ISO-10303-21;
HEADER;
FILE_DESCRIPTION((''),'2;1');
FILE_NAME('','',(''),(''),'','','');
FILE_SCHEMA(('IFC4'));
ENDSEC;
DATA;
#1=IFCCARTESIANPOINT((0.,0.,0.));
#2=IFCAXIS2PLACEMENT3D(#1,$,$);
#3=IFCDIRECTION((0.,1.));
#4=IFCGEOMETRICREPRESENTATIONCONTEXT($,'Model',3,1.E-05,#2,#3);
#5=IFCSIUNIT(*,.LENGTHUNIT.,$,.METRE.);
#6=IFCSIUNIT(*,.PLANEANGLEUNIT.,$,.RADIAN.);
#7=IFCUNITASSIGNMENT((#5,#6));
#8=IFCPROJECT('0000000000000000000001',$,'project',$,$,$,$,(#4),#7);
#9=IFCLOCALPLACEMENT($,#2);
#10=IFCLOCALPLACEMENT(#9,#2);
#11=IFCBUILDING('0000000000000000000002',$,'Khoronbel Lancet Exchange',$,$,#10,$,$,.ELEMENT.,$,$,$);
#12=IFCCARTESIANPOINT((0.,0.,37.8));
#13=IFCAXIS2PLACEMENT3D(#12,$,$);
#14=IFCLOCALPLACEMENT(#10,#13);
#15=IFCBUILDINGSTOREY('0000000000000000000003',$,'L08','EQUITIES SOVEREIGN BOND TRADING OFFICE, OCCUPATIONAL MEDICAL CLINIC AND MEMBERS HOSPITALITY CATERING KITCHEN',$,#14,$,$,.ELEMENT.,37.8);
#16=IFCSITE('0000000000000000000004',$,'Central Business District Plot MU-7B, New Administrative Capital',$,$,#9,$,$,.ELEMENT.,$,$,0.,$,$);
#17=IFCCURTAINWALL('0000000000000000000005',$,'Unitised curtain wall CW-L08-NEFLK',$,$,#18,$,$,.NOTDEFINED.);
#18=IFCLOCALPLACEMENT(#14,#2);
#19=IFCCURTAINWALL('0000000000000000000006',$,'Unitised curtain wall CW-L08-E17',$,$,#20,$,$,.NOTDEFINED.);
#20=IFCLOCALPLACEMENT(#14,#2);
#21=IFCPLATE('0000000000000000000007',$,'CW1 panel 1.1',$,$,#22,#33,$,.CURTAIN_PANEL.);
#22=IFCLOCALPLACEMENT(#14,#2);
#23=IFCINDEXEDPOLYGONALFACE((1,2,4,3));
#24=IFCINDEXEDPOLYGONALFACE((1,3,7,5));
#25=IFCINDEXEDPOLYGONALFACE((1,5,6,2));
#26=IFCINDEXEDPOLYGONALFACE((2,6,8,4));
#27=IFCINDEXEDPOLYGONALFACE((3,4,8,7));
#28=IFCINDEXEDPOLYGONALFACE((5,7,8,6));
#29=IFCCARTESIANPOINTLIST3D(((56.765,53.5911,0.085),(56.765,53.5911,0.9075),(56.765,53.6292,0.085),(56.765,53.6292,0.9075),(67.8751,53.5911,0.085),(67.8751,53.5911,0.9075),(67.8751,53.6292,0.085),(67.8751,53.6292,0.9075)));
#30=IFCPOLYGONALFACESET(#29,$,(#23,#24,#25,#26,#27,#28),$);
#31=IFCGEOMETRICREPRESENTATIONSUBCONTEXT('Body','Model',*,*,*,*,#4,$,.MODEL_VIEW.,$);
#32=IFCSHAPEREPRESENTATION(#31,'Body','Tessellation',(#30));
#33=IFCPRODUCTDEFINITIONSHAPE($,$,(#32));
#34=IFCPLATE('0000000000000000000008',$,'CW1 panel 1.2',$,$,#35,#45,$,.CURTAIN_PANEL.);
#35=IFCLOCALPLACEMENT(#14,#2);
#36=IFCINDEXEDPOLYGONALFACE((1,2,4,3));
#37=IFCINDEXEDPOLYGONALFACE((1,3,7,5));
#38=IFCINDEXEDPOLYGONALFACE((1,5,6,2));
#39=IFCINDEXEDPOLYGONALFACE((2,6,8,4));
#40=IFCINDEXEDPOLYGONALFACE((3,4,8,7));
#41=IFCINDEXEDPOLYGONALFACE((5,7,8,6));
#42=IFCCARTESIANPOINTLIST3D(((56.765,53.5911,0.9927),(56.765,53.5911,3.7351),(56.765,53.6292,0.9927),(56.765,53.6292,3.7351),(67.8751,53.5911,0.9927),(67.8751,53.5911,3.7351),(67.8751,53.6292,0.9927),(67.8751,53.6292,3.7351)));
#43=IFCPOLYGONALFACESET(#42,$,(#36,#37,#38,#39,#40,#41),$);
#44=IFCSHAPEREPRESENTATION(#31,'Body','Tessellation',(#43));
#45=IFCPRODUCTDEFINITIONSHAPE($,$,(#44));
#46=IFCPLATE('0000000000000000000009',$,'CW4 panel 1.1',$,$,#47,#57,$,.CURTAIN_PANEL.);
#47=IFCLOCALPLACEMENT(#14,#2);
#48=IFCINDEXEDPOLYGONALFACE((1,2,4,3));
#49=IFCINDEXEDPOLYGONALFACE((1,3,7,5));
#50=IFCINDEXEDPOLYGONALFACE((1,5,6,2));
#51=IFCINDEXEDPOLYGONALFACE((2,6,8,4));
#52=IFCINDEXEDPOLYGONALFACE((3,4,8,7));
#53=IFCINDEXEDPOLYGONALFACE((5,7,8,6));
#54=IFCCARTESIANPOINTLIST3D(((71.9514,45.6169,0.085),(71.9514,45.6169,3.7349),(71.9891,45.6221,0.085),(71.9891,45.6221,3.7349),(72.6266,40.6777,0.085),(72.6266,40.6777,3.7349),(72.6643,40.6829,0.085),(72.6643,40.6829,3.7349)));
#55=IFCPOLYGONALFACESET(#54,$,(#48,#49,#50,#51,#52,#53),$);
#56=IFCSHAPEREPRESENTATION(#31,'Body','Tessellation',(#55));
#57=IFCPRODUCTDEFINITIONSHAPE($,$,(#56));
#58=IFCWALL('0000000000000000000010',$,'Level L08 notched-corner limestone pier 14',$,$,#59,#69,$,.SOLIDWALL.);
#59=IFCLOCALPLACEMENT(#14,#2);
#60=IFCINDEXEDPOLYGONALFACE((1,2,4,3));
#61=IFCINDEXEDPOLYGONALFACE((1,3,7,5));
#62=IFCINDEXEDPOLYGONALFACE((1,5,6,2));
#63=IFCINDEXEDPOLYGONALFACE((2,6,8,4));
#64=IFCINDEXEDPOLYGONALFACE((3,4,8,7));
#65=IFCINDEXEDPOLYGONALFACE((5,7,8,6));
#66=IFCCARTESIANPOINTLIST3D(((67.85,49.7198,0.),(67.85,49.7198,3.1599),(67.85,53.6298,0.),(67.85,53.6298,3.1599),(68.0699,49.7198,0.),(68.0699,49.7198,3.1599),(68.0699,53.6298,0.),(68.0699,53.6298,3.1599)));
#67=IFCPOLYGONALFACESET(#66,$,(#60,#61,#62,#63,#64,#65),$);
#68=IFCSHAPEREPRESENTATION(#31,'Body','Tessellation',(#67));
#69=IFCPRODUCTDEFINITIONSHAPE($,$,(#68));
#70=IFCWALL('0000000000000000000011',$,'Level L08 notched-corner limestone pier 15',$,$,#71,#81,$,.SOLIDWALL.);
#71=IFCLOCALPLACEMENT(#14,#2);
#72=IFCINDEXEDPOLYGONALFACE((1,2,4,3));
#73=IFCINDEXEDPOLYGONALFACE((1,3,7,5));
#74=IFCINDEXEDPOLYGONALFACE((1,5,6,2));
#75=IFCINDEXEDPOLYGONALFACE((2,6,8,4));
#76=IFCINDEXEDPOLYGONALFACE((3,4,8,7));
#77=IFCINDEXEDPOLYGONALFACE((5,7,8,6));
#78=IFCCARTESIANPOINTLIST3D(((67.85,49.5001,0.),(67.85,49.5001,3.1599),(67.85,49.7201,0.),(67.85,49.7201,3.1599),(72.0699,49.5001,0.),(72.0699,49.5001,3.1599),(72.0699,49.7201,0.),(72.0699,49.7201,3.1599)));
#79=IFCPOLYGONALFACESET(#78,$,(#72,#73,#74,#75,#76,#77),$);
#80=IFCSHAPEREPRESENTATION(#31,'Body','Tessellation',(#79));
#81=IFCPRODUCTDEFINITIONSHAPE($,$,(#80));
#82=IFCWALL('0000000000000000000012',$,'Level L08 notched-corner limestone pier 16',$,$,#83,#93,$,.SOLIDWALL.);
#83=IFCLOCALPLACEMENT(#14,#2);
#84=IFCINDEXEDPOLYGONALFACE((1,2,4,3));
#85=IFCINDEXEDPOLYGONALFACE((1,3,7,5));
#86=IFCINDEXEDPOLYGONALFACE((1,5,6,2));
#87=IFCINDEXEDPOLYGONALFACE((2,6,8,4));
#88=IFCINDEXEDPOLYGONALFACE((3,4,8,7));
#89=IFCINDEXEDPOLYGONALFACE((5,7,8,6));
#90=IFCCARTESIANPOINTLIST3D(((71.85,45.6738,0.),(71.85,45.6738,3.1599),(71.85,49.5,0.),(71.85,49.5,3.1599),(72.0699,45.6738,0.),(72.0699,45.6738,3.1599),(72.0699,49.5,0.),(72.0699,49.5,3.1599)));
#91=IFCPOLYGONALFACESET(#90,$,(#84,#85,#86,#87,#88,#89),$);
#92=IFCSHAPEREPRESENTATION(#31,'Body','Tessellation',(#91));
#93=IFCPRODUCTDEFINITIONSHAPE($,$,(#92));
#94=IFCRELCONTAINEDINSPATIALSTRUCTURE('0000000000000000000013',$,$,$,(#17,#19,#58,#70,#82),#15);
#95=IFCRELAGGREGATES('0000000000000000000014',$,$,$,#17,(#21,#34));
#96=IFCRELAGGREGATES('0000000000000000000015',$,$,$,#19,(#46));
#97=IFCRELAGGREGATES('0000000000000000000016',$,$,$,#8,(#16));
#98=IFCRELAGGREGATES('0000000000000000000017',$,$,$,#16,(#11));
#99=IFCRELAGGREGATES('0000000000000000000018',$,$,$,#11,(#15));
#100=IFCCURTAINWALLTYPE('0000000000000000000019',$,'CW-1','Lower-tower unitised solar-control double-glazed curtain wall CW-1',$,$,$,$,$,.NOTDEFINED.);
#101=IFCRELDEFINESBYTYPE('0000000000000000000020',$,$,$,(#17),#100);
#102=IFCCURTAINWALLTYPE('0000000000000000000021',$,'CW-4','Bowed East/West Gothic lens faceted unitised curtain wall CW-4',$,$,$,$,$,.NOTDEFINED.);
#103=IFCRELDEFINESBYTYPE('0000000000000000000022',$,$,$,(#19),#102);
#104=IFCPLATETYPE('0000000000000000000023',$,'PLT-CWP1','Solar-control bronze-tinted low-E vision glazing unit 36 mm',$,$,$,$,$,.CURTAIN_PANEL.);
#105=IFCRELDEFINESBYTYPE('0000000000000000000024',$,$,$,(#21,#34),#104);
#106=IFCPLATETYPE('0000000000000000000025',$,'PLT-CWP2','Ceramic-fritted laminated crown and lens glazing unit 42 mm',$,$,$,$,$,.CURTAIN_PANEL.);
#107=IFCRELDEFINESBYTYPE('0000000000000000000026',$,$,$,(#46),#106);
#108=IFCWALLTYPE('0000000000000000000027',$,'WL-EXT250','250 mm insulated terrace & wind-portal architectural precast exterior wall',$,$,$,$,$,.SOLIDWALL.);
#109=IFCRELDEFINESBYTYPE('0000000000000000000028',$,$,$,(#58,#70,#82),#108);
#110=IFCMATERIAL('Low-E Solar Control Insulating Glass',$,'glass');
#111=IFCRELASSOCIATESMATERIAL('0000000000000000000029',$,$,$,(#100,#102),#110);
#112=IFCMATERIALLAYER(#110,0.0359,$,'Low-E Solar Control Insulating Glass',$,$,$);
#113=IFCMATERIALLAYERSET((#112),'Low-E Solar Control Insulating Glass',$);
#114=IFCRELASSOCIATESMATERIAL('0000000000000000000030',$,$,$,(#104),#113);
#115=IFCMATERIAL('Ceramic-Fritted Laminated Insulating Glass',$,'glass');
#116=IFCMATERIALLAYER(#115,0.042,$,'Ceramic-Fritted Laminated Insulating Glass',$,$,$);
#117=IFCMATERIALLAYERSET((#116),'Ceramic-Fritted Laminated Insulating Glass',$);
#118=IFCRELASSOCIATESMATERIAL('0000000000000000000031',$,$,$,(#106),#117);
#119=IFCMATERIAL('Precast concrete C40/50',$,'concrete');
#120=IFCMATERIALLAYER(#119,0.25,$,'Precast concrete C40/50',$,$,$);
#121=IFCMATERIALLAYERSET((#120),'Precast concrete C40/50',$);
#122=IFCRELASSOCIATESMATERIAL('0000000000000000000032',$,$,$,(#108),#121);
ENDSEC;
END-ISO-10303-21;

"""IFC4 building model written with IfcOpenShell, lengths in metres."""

from ifc_helpers import new_model, si_unit, direction, frame, frame_2d, origin, origin_2d, place, context, subcontext, project, spatial, rectangle, extrude, material, layer, layer_set, type_object, element, aggregate, save


model = new_model("IFC4")

# Units and contexts
model_context = context("Model", 3, precision=1e-05, world=origin(), true_north=direction((0.0, 1.0)))
body_context = subcontext(model_context, "Body", "Model", "MODEL_VIEW")
ifc_project = project(units=[si_unit("LENGTHUNIT", "METRE"), si_unit("PLANEANGLEUNIT", "RADIAN")], contexts=[model_context])

# Site, building, storey
site_placement = place(None, origin())
site = spatial("IfcSite", under=ifc_project, at=site_placement, Name="Central Business District Plot MU-7B, New Administrative Capital", CompositionType="ELEMENT", RefElevation=0.0)
building_placement = place(site_placement, origin())
building = spatial("IfcBuilding", under=site, at=building_placement, Name="Khoronbel Lancet Exchange", CompositionType="ELEMENT")
storey_placement = place(building_placement, frame((0.0, 0.0, 37.8)))
storey = spatial("IfcBuildingStorey", under=building, at=storey_placement, Name="L08", Description="EQUITIES SOVEREIGN BOND TRADING OFFICE, OCCUPATIONAL MEDICAL CLINIC AND MEMBERS HOSPITALITY CATERING KITCHEN", CompositionType="ELEMENT", Elevation=37.8)

# Curtain walls
ifc_material_1 = material(Name="Low-E Solar Control Insulating Glass", Category="glass")
curtain_wall_type_1 = type_object("IfcCurtainWallType", Name="CW-1", Description="Lower-tower unitised solar-control double-glazed curtain wall CW-1", PredefinedType="NOTDEFINED", material=ifc_material_1)
curtain_wall_1_placement = place(storey_placement, origin())
curtain_wall_1 = element("IfcCurtainWall", 1, at=curtain_wall_1_placement, inside=storey, type_object=curtain_wall_type_1, Name="Unitised curtain wall CW-L08-NEFLK", PredefinedType="NOTDEFINED")
curtain_wall_type_2 = type_object("IfcCurtainWallType", Name="CW-4", Description="Bowed East/West Gothic lens faceted unitised curtain wall CW-4", PredefinedType="NOTDEFINED", material=ifc_material_1)
curtain_wall_2_placement = place(storey_placement, origin())
curtain_wall_2 = element("IfcCurtainWall", 2, at=curtain_wall_2_placement, inside=storey, type_object=curtain_wall_type_2, Name="Unitised curtain wall CW-L08-E17", PredefinedType="NOTDEFINED")

# Plates
ifc_layer_1 = layer(ifc_material_1, 0.0359, Name="Low-E Solar Control Insulating Glass")
ifc_layer_set_1 = layer_set([ifc_layer_1], Name="Low-E Solar Control Insulating Glass")
plate_type_1 = type_object("IfcPlateType", Name="PLT-CWP1", Description="Solar-control bronze-tinted low-E vision glazing unit 36 mm", PredefinedType="CURTAIN_PANEL", material=ifc_layer_set_1)
plate_1_placement = place(storey_placement, frame((62.3201, 53.6101, 0.085), z_axis=(0.0, 0.0, 1.0), x_axis=(-1.0, 0.0, 0.0)))
plate_1 = element("IfcPlate", 3, at=plate_1_placement, type_object=plate_type_1, Name="CW1 panel 1.1", PredefinedType="CURTAIN_PANEL", context=body_context, shape_type="SweptSolid", body=[
    extrude(rectangle(XDim=11.1101, YDim=0.0381, at=origin_2d()), origin(), (0.0, 0.0, 1.0), 0.8225),
])
plate_2_placement = place(storey_placement, frame((62.3201, 53.6101, 0.9927), z_axis=(0.0, 0.0, 1.0), x_axis=(-1.0, 0.0, 0.0)))
plate_2 = element("IfcPlate", 4, at=plate_2_placement, type_object=plate_type_1, Name="CW1 panel 1.2", PredefinedType="CURTAIN_PANEL", context=body_context, shape_type="SweptSolid", body=[
    extrude(rectangle(XDim=11.1101, YDim=0.0381, at=origin_2d()), origin(), (0.0, 0.0, 1.0), 2.7424),
])
aggregate(curtain_wall_1, [plate_1, plate_2])
ifc_material_2 = material(Name="Ceramic-Fritted Laminated Insulating Glass", Category="glass")
ifc_layer_2 = layer(ifc_material_2, 0.042, Name="Ceramic-Fritted Laminated Insulating Glass")
ifc_layer_set_2 = layer_set([ifc_layer_2], Name="Ceramic-Fritted Laminated Insulating Glass")
plate_type_2 = type_object("IfcPlateType", Name="PLT-CWP2", Description="Ceramic-fritted laminated crown and lens glazing unit 42 mm", PredefinedType="CURTAIN_PANEL", material=ifc_layer_set_2)
plate_3_placement = place(storey_placement, frame((72.3079, 43.1499, 0.085), z_axis=(0.0, 0.0, 1.0), x_axis=(0.13544, -0.990786, 0.0)))
plate_3 = element("IfcPlate", 5, at=plate_3_placement, type_object=plate_type_2, Name="CW4 panel 1.1", PredefinedType="CURTAIN_PANEL", context=body_context, shape_type="SweptSolid", body=[
    extrude(rectangle(XDim=4.9851, YDim=0.0381, at=origin_2d()), origin(), (0.0, 0.0, 1.0), 3.6499),
])
aggregate(curtain_wall_2, [plate_3])

# Walls
ifc_material_3 = material(Name="Precast concrete C40/50", Category="concrete")
ifc_layer_3 = layer(ifc_material_3, 0.25, Name="Precast concrete C40/50")
ifc_layer_set_3 = layer_set([ifc_layer_3], Name="Precast concrete C40/50")
wall_type = type_object("IfcWallType", Name="WL-EXT250", Description="250 mm insulated terrace & wind-portal architectural precast exterior wall", PredefinedType="SOLIDWALL", material=ifc_layer_set_3)
wall_1_placement = place(storey_placement, frame((67.96, 53.6299, 0.0), z_axis=(0.0, 0.0, 1.0), x_axis=(0.0, -1.0, 0.0)))
element("IfcWall", 6, at=wall_1_placement, inside=storey, type_object=wall_type, Name="Level L08 notched-corner limestone pier 14", PredefinedType="SOLIDWALL", context=body_context, shape_type="SweptSolid", body=[
    extrude(rectangle(XDim=3.9099, YDim=0.22, at=frame_2d((1.9551, 0.0))), origin(), (0.0, 0.0, 1.0), 3.1599),
])
wall_2_placement = place(storey_placement, frame((67.8501, 49.6101, 0.0), z_axis=(0.0, 0.0, 1.0), x_axis=(1.0, 0.0, 0.0)))
element("IfcWall", 7, at=wall_2_placement, inside=storey, type_object=wall_type, Name="Level L08 notched-corner limestone pier 15", PredefinedType="SOLIDWALL", context=body_context, shape_type="SweptSolid", body=[
    extrude(rectangle(XDim=4.22, YDim=0.22, at=frame_2d((2.1099, 0.0))), origin(), (0.0, 0.0, 1.0), 3.1599),
])
wall_3_placement = place(storey_placement, frame((71.96, 49.5, 0.0), z_axis=(0.0, 0.0, 1.0), x_axis=(0.0, -1.0, 0.0)))
element("IfcWall", 8, at=wall_3_placement, inside=storey, type_object=wall_type, Name="Level L08 notched-corner limestone pier 16", PredefinedType="SOLIDWALL", context=body_context, shape_type="SweptSolid", body=[
    extrude(rectangle(XDim=3.8262, YDim=0.22, at=frame_2d((1.9131, 0.0))), origin(), (0.0, 0.0, 1.0), 3.1599),
])

save(model, "model.ifc")
